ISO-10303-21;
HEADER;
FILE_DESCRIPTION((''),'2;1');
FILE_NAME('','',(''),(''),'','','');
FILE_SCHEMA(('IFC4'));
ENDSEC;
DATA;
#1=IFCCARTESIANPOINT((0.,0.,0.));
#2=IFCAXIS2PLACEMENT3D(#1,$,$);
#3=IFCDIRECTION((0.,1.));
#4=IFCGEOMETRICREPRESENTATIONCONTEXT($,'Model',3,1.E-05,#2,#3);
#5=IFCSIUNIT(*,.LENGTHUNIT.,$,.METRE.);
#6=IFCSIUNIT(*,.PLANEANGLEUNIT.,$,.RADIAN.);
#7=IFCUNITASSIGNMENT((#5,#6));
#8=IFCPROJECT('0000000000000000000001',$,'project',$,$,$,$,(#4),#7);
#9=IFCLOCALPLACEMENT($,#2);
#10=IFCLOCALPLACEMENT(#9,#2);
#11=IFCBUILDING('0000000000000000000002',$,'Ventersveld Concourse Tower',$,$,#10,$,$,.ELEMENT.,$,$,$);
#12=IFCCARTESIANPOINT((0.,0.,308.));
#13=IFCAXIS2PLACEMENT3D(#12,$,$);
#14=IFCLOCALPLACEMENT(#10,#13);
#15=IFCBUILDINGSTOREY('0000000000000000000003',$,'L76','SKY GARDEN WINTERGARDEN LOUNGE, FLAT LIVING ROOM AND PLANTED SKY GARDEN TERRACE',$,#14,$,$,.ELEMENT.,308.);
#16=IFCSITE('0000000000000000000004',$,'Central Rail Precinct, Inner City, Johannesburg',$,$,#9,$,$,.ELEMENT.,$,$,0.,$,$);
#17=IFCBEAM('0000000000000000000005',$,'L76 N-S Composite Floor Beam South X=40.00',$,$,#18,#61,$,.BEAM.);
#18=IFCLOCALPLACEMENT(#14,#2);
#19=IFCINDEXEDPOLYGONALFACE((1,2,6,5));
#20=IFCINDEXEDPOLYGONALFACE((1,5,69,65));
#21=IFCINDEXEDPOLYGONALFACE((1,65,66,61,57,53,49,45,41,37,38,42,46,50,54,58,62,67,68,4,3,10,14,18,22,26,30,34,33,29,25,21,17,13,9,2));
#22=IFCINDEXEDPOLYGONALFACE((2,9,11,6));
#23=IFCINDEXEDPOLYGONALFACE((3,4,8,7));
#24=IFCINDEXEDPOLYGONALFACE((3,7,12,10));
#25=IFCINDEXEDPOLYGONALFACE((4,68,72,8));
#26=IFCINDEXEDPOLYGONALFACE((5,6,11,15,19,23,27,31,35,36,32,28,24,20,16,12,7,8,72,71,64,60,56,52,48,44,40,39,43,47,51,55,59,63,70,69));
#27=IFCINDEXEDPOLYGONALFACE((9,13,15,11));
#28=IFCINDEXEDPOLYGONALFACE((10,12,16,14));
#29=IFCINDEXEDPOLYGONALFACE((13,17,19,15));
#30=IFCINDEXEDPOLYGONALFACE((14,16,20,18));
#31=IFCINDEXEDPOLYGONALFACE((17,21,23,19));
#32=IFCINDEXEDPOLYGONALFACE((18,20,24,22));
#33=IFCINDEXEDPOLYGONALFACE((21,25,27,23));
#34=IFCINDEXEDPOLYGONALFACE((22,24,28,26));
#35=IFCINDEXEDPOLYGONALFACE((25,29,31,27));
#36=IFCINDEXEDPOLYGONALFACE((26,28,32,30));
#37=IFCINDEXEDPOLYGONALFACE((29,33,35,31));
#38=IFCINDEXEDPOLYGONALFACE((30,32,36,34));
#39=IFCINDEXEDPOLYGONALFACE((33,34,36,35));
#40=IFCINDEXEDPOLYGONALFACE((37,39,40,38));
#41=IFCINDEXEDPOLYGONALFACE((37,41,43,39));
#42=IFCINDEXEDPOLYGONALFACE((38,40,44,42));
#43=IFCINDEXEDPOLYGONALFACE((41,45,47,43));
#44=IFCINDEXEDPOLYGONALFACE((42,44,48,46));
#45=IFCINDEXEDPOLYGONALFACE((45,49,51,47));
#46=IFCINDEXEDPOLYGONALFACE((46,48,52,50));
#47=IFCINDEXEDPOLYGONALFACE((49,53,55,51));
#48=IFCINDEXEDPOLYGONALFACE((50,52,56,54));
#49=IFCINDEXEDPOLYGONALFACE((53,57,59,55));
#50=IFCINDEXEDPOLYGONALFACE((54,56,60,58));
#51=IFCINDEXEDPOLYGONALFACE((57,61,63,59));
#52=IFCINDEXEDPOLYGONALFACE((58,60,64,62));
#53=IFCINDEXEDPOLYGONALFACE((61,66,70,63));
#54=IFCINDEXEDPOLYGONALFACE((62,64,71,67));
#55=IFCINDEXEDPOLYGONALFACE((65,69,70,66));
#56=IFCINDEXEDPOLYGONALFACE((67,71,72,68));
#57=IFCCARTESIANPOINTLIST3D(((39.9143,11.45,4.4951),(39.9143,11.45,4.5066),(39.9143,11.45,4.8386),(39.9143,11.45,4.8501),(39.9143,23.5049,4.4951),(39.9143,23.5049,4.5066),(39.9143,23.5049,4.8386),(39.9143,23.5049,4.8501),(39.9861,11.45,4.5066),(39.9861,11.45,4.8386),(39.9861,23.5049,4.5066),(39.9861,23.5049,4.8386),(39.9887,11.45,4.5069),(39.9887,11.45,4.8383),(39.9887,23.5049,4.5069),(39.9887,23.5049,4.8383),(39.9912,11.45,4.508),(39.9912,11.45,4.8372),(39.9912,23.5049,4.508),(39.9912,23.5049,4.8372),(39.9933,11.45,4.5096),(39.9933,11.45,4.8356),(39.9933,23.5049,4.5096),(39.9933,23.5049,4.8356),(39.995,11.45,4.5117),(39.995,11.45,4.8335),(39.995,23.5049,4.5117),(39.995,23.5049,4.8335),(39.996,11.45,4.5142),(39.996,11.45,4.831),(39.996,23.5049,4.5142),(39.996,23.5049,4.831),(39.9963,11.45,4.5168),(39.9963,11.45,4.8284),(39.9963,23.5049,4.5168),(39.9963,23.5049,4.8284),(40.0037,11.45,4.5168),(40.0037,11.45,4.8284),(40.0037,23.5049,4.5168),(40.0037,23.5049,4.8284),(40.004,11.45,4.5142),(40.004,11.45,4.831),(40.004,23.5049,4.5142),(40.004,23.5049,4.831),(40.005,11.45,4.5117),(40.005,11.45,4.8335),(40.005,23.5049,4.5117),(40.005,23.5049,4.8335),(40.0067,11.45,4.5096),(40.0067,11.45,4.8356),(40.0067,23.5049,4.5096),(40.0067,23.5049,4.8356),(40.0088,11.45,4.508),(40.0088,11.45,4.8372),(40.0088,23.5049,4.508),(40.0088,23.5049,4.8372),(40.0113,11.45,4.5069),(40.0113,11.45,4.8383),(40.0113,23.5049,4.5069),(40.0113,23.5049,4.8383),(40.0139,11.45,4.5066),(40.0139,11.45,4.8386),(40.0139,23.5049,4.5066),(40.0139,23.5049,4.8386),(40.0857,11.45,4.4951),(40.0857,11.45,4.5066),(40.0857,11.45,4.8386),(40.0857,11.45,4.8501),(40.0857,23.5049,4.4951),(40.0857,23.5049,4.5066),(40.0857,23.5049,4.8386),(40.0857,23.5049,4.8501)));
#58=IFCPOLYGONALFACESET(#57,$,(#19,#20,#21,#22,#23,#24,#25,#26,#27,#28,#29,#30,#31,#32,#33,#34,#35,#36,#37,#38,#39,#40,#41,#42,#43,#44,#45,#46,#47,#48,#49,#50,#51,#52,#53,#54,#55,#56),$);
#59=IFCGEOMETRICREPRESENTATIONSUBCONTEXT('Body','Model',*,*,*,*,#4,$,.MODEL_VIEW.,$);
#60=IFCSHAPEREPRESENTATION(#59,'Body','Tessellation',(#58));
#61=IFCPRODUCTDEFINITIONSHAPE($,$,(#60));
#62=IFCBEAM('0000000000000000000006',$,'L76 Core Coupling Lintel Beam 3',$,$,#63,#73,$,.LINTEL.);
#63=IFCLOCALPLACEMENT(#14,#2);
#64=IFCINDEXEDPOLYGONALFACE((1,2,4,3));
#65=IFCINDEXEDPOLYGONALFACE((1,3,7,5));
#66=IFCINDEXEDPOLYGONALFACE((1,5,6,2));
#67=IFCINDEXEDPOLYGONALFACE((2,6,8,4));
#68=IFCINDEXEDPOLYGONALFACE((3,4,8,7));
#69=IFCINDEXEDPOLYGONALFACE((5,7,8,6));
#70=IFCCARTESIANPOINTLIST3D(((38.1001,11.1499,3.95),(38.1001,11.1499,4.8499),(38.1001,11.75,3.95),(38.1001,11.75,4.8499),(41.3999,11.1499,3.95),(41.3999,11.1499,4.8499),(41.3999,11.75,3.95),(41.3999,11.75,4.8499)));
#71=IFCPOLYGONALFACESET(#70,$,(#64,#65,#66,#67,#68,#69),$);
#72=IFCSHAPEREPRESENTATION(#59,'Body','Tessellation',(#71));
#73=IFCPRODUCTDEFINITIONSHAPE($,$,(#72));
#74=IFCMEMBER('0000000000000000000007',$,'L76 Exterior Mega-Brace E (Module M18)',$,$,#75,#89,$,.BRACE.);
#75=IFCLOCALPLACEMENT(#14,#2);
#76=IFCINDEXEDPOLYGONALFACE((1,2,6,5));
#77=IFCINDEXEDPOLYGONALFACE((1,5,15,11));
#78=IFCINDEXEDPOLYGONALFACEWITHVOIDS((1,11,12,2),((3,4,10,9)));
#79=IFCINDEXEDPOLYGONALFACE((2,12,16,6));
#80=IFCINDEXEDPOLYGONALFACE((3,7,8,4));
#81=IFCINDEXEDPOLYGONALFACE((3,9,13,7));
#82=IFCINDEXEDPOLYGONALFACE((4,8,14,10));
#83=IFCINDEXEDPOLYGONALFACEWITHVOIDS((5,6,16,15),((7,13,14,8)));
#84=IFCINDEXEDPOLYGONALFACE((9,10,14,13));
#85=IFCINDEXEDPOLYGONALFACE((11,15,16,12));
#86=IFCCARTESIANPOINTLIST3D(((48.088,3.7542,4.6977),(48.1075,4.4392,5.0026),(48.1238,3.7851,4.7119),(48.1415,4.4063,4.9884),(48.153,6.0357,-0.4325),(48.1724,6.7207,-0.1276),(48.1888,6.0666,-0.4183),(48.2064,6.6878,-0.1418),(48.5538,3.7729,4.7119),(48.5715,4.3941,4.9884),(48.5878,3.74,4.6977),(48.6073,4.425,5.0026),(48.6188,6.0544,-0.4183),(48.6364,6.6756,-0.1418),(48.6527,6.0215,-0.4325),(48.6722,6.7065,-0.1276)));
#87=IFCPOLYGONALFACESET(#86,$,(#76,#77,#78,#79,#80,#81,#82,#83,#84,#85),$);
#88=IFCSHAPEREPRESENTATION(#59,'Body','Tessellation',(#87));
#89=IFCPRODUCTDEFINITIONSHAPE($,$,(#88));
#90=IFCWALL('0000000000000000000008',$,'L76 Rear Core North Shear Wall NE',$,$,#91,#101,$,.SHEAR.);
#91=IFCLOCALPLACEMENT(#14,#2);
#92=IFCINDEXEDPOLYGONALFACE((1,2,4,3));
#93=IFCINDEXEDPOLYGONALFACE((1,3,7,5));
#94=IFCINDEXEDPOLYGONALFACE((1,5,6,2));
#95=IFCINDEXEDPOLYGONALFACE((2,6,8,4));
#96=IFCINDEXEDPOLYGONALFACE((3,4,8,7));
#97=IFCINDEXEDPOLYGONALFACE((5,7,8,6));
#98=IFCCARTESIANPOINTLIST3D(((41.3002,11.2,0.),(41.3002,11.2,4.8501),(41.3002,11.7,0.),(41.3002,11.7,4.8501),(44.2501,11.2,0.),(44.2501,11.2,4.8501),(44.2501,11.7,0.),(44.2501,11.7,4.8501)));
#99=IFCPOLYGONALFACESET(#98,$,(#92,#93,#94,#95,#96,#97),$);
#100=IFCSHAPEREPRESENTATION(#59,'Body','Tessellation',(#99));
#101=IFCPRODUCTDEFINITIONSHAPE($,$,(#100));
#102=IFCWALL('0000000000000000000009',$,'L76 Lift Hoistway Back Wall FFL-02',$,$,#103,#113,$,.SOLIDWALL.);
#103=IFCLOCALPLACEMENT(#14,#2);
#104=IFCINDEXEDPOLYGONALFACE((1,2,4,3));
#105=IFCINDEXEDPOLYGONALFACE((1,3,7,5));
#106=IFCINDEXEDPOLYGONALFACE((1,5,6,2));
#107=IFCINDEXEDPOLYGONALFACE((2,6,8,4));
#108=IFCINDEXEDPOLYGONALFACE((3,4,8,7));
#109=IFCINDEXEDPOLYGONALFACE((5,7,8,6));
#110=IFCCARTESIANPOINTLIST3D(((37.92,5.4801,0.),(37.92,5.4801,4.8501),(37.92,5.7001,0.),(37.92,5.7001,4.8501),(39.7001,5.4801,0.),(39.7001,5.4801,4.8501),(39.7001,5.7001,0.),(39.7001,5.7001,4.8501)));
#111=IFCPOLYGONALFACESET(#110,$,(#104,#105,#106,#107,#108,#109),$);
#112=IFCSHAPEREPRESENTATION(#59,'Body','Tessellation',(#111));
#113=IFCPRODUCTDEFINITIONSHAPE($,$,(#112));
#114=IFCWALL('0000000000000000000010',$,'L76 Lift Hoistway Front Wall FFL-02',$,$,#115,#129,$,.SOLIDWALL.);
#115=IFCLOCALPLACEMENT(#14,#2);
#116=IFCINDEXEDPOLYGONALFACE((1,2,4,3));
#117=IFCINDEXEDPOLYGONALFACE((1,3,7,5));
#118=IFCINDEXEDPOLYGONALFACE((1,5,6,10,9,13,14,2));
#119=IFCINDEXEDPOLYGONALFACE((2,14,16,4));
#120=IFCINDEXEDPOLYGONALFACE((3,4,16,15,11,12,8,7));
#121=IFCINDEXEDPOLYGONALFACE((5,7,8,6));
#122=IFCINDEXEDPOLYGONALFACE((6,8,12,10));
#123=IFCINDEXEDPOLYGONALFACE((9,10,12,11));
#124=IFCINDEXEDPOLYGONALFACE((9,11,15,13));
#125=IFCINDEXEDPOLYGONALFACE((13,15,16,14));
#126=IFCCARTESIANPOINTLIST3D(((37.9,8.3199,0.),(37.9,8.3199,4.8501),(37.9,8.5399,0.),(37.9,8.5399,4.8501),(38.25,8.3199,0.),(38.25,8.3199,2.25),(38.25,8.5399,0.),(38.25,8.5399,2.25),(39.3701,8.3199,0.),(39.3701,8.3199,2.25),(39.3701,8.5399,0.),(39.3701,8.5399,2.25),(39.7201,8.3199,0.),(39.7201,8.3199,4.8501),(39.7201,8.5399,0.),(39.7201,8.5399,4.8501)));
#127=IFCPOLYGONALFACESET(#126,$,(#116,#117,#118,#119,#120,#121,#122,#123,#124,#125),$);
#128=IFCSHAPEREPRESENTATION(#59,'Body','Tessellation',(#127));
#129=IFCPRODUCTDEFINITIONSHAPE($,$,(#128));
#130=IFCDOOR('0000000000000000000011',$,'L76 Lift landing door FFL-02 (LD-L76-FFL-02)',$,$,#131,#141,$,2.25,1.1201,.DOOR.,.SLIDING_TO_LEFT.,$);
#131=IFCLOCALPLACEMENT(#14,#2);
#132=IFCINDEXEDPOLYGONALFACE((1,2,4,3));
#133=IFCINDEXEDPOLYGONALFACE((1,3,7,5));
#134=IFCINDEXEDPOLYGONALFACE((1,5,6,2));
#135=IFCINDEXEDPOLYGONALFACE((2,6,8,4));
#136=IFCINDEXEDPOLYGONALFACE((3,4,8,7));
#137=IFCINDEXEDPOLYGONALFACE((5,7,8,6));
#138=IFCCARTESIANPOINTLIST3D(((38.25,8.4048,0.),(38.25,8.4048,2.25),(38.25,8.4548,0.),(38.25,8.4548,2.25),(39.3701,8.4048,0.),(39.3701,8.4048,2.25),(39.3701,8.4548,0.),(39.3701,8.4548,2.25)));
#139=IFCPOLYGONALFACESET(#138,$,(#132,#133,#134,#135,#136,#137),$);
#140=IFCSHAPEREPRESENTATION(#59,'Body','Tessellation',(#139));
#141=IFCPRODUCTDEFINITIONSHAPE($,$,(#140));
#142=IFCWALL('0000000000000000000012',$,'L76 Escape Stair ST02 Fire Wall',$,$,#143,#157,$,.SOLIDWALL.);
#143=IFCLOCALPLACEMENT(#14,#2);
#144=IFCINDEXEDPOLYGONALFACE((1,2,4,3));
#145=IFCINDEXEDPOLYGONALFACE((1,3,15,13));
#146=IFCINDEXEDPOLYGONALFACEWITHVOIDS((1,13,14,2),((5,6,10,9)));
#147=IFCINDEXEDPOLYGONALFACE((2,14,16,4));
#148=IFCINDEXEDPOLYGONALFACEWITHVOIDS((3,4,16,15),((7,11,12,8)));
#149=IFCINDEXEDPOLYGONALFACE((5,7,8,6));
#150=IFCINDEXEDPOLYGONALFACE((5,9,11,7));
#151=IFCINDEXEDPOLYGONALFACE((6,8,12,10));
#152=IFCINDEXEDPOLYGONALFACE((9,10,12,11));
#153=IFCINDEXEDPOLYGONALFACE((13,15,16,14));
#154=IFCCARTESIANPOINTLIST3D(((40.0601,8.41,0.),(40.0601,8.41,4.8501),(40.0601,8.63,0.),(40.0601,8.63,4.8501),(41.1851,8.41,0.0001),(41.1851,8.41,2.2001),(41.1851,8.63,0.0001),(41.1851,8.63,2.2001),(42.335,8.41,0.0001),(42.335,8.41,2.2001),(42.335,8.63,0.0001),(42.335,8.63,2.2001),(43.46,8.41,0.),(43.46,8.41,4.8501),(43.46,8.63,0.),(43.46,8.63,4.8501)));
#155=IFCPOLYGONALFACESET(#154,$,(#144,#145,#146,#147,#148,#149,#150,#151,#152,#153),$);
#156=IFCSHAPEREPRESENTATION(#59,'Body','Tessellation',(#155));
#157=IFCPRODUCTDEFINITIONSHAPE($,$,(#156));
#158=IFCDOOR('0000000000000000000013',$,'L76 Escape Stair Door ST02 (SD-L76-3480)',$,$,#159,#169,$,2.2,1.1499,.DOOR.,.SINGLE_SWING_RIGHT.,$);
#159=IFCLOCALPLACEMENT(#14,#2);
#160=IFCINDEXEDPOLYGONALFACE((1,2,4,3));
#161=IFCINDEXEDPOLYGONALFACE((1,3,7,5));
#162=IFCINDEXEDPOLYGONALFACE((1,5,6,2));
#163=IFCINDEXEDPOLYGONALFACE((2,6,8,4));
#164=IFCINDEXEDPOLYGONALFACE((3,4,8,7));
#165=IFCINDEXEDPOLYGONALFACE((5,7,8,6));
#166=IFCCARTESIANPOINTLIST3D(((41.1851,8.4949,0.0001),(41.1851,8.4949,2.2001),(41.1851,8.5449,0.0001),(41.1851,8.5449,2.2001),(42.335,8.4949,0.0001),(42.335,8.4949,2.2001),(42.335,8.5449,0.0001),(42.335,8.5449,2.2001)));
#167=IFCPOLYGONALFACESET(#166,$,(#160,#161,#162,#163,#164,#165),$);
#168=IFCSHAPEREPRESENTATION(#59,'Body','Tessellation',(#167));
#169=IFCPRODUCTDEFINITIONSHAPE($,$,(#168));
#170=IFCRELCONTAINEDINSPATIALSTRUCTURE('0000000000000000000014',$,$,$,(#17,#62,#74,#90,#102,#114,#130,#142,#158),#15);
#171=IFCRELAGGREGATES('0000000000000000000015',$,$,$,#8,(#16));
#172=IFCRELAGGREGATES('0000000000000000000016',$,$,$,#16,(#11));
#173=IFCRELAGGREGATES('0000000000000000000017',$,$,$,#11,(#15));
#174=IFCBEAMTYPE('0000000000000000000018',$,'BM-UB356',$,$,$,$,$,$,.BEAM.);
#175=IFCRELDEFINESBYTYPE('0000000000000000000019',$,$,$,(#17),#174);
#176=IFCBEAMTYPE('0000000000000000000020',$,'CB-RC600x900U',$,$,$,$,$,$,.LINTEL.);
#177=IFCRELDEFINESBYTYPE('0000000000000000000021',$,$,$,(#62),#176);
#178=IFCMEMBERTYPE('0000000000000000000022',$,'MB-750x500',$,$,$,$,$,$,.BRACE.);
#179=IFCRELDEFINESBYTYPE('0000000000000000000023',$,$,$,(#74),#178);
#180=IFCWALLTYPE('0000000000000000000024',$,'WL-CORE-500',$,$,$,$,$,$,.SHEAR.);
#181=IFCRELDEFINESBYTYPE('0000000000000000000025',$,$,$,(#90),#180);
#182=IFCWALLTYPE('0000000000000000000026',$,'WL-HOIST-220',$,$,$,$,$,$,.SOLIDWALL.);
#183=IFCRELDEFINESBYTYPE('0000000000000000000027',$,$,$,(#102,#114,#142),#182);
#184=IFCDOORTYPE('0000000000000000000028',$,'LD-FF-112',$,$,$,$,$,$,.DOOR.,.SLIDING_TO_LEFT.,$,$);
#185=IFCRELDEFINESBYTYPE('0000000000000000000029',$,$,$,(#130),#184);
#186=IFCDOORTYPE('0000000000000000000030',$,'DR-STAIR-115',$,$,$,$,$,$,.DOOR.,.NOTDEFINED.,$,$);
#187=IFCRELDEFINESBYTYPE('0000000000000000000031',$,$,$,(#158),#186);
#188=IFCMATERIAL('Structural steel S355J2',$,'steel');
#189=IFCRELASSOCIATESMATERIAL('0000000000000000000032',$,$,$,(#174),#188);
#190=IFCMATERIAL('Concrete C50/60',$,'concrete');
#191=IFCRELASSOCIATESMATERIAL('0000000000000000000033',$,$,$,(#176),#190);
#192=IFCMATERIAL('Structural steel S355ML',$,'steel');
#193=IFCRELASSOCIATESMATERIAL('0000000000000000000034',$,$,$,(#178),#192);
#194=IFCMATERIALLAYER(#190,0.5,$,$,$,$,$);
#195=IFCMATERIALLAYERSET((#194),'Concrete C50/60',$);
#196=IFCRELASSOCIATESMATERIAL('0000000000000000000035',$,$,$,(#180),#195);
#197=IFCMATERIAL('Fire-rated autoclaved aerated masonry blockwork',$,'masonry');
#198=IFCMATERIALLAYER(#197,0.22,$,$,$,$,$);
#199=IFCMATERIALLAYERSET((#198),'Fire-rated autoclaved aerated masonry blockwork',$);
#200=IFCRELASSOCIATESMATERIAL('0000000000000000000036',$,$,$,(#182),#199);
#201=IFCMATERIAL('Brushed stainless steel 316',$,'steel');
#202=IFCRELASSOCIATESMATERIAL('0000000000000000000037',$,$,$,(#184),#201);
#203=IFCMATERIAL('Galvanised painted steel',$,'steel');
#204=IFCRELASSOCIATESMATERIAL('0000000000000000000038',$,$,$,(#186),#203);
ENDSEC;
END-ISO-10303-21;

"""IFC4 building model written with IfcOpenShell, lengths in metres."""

from ifc_helpers import new_model, si_unit, direction, frame, frame_2d, origin, origin_2d, place, context, subcontext, project, spatial, rectangle, hollow_rectangle, i_section, extrude, material, layer, layer_set, material_profile, profile_set, type_object, element, fill, save


model = new_model("IFC4")

# Units and contexts
model_context = context("Model", 3, precision=1e-05, world=origin(), true_north=direction((0.0, 1.0)))
body_context = subcontext(model_context, "Body", "Model", "MODEL_VIEW")
ifc_project = project(units=[si_unit("LENGTHUNIT", "METRE"), si_unit("PLANEANGLEUNIT", "RADIAN")], contexts=[model_context])

# Site, building, storey
site_placement = place(None, origin())
site = spatial("IfcSite", under=ifc_project, at=site_placement, Name="Central Rail Precinct, Inner City, Johannesburg", CompositionType="ELEMENT", RefElevation=0.0)
building_placement = place(site_placement, origin())
building = spatial("IfcBuilding", under=site, at=building_placement, Name="Ventersveld Concourse Tower", CompositionType="ELEMENT")
storey_placement = place(building_placement, frame((0.0, 0.0, 308.0)))
storey = spatial("IfcBuildingStorey", under=building, at=storey_placement, Name="L76", Description="SKY GARDEN WINTERGARDEN LOUNGE, FLAT LIVING ROOM AND PLANTED SKY GARDEN TERRACE", CompositionType="ELEMENT", Elevation=308.0)

# Beams
ifc_material_1 = material(Name="Structural steel S355J2", Category="steel")
ifc_material_profile_1 = material_profile(ifc_material_1, i_section(OverallWidth=0.1714, OverallDepth=0.355, WebThickness=0.0073, FlangeThickness=0.0115, FilletRadius=0.0103, at=origin_2d()), Name="UB 356x171x51")
ifc_profile_set_1 = profile_set([ifc_material_profile_1], Name="Structural steel S355J2")
beam_type_1 = type_object("IfcBeamType", Name="BM-UB356", PredefinedType="BEAM", material=ifc_profile_set_1)
beam_1_placement = place(storey_placement, frame((40.0, 11.45, 4.6726), z_axis=(0.0, 1.0, 0.0), x_axis=(-1.0, 0.0, 0.0)))
element("IfcBeam", 1, at=beam_1_placement, inside=storey, type_object=beam_type_1, Name="L76 N-S Composite Floor Beam South X=40.00", PredefinedType="BEAM", context=body_context, shape_type="SweptSolid", body=[
    extrude(i_section(OverallWidth=0.1714, OverallDepth=0.355, WebThickness=0.0073, FlangeThickness=0.0115, FilletRadius=0.0103, at=origin_2d()), origin(), (0.0, 0.0, 1.0), 12.0549),
])
ifc_material_2 = material(Name="Concrete C50/60", Category="concrete")
ifc_material_profile_2 = material_profile(ifc_material_2, rectangle(XDim=0.6001, YDim=0.8999, at=origin_2d()), Name="RC 600x900")
ifc_profile_set_2 = profile_set([ifc_material_profile_2], Name="Concrete C50/60")
beam_type_2 = type_object("IfcBeamType", Name="CB-RC600x900U", PredefinedType="LINTEL", material=ifc_profile_set_2)
beam_2_placement = place(storey_placement, frame((38.1001, 11.45, 4.3999), z_axis=(1.0, 0.0, 0.0), x_axis=(0.0, 1.0, 0.0)))
element("IfcBeam", 2, at=beam_2_placement, inside=storey, type_object=beam_type_2, Name="L76 Core Coupling Lintel Beam 3", PredefinedType="LINTEL", context=body_context, shape_type="SweptSolid", body=[
    extrude(rectangle(XDim=0.6001, YDim=0.8999, at=origin_2d()), origin(), (0.0, 0.0, 1.0), 3.2998),
])

# Member
ifc_material_3 = material(Name="Structural steel S355ML", Category="steel")
ifc_material_profile_3 = material_profile(ifc_material_3, hollow_rectangle(XDim=0.5, YDim=0.75, WallThickness=0.0349, at=origin_2d()), Name="BOX 750x500x35")
ifc_profile_set_3 = profile_set([ifc_material_profile_3], Name="Structural steel S355ML")
member_type = type_object("IfcMemberType", Name="MB-750x500", PredefinedType="BRACE", material=ifc_profile_set_3)
member_placement = place(storey_placement, frame((48.4126, 6.3711, -0.28), z_axis=(-0.011566, -0.406325, 0.913655), x_axis=(0.999595, -0.028453, 0.0)))
element("IfcMember", 3, at=member_placement, inside=storey, type_object=member_type, Name="L76 Exterior Mega-Brace E (Module M18)", PredefinedType="BRACE", context=body_context, shape_type="SweptSolid", body=[
    extrude(hollow_rectangle(XDim=0.5, YDim=0.75, WallThickness=0.0349, at=origin_2d()), origin(), (0.0, 0.0, 1.0), 5.615),
])

# Walls
ifc_layer_1 = layer(ifc_material_2, 0.5)
ifc_layer_set_1 = layer_set([ifc_layer_1], Name="Concrete C50/60")
wall_type_1 = type_object("IfcWallType", Name="WL-CORE-500", PredefinedType="SHEAR", material=ifc_layer_set_1)
wall_1_placement = place(storey_placement, frame((41.3, 11.45, 0.0), z_axis=(0.0, 0.0, 1.0), x_axis=(1.0, 0.0, 0.0)))
element("IfcWall", 4, at=wall_1_placement, inside=storey, type_object=wall_type_1, Name="L76 Rear Core North Shear Wall NE", PredefinedType="SHEAR", context=body_context, shape_type="SweptSolid", body=[
    extrude(rectangle(XDim=2.95, YDim=0.5, at=frame_2d((1.4751, 0.0))), origin(), (0.0, 0.0, 1.0), 4.8501),
])
ifc_material_4 = material(Name="Fire-rated autoclaved aerated masonry blockwork", Category="masonry")
ifc_layer_2 = layer(ifc_material_4, 0.22)
ifc_layer_set_2 = layer_set([ifc_layer_2], Name="Fire-rated autoclaved aerated masonry blockwork")
wall_type_2 = type_object("IfcWallType", Name="WL-HOIST-220", PredefinedType="SOLIDWALL", material=ifc_layer_set_2)
wall_2_placement = place(storey_placement, frame((37.9199, 5.5901, 0.0), z_axis=(0.0, 0.0, 1.0), x_axis=(1.0, 0.0, 0.0)))
element("IfcWall", 5, at=wall_2_placement, inside=storey, type_object=wall_type_2, Name="L76 Lift Hoistway Back Wall FFL-02", PredefinedType="SOLIDWALL", context=body_context, shape_type="SweptSolid", body=[
    extrude(rectangle(XDim=1.78, YDim=0.22, at=frame_2d((0.8901, 0.0))), origin(), (0.0, 0.0, 1.0), 4.8501),
])

# Walls, openings, doors
wall_3_placement = place(storey_placement, frame((37.8999, 8.4299, 0.0), z_axis=(0.0, 0.0, 1.0), x_axis=(1.0, 0.0, 0.0)))
wall_3 = element("IfcWall", 6, at=wall_3_placement, inside=storey, type_object=wall_type_2, Name="L76 Lift Hoistway Front Wall FFL-02", PredefinedType="SOLIDWALL", context=body_context, shape_type="SweptSolid", body=[
    extrude(rectangle(XDim=1.8201, YDim=0.22, at=frame_2d((0.9102, 0.0))), origin(), (0.0, 0.0, 1.0), 4.8501),
])
opening_1_placement = place(wall_3_placement, frame((0.3501, 0.0, 0.0)))
opening_1 = element("IfcOpeningElement", 7, at=opening_1_placement, cuts=wall_3, PredefinedType="OPENING", context=body_context, shape_type="SweptSolid", body=[
    extrude(rectangle(XDim=1.1201, YDim=2.25, at=frame_2d((0.5601, 1.125))), frame((0.0, 0.1201, 0.0), z_axis=(0.0, -1.0, 0.0), x_axis=(1.0, 0.0, 0.0)), (0.0, 0.0, 1.0), 0.24),
])
ifc_material_5 = material(Name="Brushed stainless steel 316", Category="steel")
door_type_1 = type_object("IfcDoorType", Name="LD-FF-112", OperationType="SLIDING_TO_LEFT", PredefinedType="DOOR", material=ifc_material_5)
door_1_placement = place(opening_1_placement, origin())
door_1 = element("IfcDoor", 8, at=door_1_placement, inside=storey, type_object=door_type_1, Name="L76 Lift landing door FFL-02 (LD-L76-FFL-02)", OperationType="SLIDING_TO_LEFT", OverallHeight=2.25, OverallWidth=1.1201, PredefinedType="DOOR", context=body_context, shape_type="SweptSolid", body=[
    extrude(rectangle(XDim=1.1201, YDim=2.25, at=frame_2d((0.5601, 1.125))), frame((0.0, 0.0249, 0.0), z_axis=(0.0, -1.0, 0.0), x_axis=(1.0, 0.0, 0.0)), (0.0, 0.0, 1.0), 0.05),
])
fill(opening_1, door_1)
wall_4_placement = place(storey_placement, frame((40.0601, 8.52, 0.0), z_axis=(0.0, 0.0, 1.0), x_axis=(1.0, 0.0, 0.0)))
wall_4 = element("IfcWall", 9, at=wall_4_placement, inside=storey, type_object=wall_type_2, Name="L76 Escape Stair ST02 Fire Wall", PredefinedType="SOLIDWALL", context=body_context, shape_type="SweptSolid", body=[
    extrude(rectangle(XDim=3.3999, YDim=0.22, at=frame_2d((1.7, 0.0))), origin(), (0.0, 0.0, 1.0), 4.8501),
])
opening_2_placement = place(wall_4_placement, frame((1.125, 0.0, 0.0)))
opening_2 = element("IfcOpeningElement", 10, at=opening_2_placement, cuts=wall_4, PredefinedType="OPENING", context=body_context, shape_type="SweptSolid", body=[
    extrude(rectangle(XDim=1.1499, YDim=2.2, at=frame_2d((0.575, 1.1001))), frame((0.0, 0.1201, 0.0), z_axis=(0.0, -1.0, 0.0), x_axis=(1.0, 0.0, 0.0)), (0.0, 0.0, 1.0), 0.24),
])
ifc_material_6 = material(Name="Galvanised painted steel", Category="steel")
door_type_2 = type_object("IfcDoorType", Name="DR-STAIR-115", OperationType="NOTDEFINED", PredefinedType="DOOR", material=ifc_material_6)
door_2_placement = place(opening_2_placement, origin())
door_2 = element("IfcDoor", 11, at=door_2_placement, inside=storey, type_object=door_type_2, Name="L76 Escape Stair Door ST02 (SD-L76-3480)", OperationType="SINGLE_SWING_RIGHT", OverallHeight=2.2, OverallWidth=1.1499, PredefinedType="DOOR", context=body_context, shape_type="SweptSolid", body=[
    extrude(rectangle(XDim=1.1499, YDim=2.2, at=frame_2d((0.575, 1.1001))), frame((0.0, 0.0249, 0.0), z_axis=(0.0, -1.0, 0.0), x_axis=(1.0, 0.0, 0.0)), (0.0, 0.0, 1.0), 0.05),
])
fill(opening_2, door_2)

save(model, "model.ifc")
